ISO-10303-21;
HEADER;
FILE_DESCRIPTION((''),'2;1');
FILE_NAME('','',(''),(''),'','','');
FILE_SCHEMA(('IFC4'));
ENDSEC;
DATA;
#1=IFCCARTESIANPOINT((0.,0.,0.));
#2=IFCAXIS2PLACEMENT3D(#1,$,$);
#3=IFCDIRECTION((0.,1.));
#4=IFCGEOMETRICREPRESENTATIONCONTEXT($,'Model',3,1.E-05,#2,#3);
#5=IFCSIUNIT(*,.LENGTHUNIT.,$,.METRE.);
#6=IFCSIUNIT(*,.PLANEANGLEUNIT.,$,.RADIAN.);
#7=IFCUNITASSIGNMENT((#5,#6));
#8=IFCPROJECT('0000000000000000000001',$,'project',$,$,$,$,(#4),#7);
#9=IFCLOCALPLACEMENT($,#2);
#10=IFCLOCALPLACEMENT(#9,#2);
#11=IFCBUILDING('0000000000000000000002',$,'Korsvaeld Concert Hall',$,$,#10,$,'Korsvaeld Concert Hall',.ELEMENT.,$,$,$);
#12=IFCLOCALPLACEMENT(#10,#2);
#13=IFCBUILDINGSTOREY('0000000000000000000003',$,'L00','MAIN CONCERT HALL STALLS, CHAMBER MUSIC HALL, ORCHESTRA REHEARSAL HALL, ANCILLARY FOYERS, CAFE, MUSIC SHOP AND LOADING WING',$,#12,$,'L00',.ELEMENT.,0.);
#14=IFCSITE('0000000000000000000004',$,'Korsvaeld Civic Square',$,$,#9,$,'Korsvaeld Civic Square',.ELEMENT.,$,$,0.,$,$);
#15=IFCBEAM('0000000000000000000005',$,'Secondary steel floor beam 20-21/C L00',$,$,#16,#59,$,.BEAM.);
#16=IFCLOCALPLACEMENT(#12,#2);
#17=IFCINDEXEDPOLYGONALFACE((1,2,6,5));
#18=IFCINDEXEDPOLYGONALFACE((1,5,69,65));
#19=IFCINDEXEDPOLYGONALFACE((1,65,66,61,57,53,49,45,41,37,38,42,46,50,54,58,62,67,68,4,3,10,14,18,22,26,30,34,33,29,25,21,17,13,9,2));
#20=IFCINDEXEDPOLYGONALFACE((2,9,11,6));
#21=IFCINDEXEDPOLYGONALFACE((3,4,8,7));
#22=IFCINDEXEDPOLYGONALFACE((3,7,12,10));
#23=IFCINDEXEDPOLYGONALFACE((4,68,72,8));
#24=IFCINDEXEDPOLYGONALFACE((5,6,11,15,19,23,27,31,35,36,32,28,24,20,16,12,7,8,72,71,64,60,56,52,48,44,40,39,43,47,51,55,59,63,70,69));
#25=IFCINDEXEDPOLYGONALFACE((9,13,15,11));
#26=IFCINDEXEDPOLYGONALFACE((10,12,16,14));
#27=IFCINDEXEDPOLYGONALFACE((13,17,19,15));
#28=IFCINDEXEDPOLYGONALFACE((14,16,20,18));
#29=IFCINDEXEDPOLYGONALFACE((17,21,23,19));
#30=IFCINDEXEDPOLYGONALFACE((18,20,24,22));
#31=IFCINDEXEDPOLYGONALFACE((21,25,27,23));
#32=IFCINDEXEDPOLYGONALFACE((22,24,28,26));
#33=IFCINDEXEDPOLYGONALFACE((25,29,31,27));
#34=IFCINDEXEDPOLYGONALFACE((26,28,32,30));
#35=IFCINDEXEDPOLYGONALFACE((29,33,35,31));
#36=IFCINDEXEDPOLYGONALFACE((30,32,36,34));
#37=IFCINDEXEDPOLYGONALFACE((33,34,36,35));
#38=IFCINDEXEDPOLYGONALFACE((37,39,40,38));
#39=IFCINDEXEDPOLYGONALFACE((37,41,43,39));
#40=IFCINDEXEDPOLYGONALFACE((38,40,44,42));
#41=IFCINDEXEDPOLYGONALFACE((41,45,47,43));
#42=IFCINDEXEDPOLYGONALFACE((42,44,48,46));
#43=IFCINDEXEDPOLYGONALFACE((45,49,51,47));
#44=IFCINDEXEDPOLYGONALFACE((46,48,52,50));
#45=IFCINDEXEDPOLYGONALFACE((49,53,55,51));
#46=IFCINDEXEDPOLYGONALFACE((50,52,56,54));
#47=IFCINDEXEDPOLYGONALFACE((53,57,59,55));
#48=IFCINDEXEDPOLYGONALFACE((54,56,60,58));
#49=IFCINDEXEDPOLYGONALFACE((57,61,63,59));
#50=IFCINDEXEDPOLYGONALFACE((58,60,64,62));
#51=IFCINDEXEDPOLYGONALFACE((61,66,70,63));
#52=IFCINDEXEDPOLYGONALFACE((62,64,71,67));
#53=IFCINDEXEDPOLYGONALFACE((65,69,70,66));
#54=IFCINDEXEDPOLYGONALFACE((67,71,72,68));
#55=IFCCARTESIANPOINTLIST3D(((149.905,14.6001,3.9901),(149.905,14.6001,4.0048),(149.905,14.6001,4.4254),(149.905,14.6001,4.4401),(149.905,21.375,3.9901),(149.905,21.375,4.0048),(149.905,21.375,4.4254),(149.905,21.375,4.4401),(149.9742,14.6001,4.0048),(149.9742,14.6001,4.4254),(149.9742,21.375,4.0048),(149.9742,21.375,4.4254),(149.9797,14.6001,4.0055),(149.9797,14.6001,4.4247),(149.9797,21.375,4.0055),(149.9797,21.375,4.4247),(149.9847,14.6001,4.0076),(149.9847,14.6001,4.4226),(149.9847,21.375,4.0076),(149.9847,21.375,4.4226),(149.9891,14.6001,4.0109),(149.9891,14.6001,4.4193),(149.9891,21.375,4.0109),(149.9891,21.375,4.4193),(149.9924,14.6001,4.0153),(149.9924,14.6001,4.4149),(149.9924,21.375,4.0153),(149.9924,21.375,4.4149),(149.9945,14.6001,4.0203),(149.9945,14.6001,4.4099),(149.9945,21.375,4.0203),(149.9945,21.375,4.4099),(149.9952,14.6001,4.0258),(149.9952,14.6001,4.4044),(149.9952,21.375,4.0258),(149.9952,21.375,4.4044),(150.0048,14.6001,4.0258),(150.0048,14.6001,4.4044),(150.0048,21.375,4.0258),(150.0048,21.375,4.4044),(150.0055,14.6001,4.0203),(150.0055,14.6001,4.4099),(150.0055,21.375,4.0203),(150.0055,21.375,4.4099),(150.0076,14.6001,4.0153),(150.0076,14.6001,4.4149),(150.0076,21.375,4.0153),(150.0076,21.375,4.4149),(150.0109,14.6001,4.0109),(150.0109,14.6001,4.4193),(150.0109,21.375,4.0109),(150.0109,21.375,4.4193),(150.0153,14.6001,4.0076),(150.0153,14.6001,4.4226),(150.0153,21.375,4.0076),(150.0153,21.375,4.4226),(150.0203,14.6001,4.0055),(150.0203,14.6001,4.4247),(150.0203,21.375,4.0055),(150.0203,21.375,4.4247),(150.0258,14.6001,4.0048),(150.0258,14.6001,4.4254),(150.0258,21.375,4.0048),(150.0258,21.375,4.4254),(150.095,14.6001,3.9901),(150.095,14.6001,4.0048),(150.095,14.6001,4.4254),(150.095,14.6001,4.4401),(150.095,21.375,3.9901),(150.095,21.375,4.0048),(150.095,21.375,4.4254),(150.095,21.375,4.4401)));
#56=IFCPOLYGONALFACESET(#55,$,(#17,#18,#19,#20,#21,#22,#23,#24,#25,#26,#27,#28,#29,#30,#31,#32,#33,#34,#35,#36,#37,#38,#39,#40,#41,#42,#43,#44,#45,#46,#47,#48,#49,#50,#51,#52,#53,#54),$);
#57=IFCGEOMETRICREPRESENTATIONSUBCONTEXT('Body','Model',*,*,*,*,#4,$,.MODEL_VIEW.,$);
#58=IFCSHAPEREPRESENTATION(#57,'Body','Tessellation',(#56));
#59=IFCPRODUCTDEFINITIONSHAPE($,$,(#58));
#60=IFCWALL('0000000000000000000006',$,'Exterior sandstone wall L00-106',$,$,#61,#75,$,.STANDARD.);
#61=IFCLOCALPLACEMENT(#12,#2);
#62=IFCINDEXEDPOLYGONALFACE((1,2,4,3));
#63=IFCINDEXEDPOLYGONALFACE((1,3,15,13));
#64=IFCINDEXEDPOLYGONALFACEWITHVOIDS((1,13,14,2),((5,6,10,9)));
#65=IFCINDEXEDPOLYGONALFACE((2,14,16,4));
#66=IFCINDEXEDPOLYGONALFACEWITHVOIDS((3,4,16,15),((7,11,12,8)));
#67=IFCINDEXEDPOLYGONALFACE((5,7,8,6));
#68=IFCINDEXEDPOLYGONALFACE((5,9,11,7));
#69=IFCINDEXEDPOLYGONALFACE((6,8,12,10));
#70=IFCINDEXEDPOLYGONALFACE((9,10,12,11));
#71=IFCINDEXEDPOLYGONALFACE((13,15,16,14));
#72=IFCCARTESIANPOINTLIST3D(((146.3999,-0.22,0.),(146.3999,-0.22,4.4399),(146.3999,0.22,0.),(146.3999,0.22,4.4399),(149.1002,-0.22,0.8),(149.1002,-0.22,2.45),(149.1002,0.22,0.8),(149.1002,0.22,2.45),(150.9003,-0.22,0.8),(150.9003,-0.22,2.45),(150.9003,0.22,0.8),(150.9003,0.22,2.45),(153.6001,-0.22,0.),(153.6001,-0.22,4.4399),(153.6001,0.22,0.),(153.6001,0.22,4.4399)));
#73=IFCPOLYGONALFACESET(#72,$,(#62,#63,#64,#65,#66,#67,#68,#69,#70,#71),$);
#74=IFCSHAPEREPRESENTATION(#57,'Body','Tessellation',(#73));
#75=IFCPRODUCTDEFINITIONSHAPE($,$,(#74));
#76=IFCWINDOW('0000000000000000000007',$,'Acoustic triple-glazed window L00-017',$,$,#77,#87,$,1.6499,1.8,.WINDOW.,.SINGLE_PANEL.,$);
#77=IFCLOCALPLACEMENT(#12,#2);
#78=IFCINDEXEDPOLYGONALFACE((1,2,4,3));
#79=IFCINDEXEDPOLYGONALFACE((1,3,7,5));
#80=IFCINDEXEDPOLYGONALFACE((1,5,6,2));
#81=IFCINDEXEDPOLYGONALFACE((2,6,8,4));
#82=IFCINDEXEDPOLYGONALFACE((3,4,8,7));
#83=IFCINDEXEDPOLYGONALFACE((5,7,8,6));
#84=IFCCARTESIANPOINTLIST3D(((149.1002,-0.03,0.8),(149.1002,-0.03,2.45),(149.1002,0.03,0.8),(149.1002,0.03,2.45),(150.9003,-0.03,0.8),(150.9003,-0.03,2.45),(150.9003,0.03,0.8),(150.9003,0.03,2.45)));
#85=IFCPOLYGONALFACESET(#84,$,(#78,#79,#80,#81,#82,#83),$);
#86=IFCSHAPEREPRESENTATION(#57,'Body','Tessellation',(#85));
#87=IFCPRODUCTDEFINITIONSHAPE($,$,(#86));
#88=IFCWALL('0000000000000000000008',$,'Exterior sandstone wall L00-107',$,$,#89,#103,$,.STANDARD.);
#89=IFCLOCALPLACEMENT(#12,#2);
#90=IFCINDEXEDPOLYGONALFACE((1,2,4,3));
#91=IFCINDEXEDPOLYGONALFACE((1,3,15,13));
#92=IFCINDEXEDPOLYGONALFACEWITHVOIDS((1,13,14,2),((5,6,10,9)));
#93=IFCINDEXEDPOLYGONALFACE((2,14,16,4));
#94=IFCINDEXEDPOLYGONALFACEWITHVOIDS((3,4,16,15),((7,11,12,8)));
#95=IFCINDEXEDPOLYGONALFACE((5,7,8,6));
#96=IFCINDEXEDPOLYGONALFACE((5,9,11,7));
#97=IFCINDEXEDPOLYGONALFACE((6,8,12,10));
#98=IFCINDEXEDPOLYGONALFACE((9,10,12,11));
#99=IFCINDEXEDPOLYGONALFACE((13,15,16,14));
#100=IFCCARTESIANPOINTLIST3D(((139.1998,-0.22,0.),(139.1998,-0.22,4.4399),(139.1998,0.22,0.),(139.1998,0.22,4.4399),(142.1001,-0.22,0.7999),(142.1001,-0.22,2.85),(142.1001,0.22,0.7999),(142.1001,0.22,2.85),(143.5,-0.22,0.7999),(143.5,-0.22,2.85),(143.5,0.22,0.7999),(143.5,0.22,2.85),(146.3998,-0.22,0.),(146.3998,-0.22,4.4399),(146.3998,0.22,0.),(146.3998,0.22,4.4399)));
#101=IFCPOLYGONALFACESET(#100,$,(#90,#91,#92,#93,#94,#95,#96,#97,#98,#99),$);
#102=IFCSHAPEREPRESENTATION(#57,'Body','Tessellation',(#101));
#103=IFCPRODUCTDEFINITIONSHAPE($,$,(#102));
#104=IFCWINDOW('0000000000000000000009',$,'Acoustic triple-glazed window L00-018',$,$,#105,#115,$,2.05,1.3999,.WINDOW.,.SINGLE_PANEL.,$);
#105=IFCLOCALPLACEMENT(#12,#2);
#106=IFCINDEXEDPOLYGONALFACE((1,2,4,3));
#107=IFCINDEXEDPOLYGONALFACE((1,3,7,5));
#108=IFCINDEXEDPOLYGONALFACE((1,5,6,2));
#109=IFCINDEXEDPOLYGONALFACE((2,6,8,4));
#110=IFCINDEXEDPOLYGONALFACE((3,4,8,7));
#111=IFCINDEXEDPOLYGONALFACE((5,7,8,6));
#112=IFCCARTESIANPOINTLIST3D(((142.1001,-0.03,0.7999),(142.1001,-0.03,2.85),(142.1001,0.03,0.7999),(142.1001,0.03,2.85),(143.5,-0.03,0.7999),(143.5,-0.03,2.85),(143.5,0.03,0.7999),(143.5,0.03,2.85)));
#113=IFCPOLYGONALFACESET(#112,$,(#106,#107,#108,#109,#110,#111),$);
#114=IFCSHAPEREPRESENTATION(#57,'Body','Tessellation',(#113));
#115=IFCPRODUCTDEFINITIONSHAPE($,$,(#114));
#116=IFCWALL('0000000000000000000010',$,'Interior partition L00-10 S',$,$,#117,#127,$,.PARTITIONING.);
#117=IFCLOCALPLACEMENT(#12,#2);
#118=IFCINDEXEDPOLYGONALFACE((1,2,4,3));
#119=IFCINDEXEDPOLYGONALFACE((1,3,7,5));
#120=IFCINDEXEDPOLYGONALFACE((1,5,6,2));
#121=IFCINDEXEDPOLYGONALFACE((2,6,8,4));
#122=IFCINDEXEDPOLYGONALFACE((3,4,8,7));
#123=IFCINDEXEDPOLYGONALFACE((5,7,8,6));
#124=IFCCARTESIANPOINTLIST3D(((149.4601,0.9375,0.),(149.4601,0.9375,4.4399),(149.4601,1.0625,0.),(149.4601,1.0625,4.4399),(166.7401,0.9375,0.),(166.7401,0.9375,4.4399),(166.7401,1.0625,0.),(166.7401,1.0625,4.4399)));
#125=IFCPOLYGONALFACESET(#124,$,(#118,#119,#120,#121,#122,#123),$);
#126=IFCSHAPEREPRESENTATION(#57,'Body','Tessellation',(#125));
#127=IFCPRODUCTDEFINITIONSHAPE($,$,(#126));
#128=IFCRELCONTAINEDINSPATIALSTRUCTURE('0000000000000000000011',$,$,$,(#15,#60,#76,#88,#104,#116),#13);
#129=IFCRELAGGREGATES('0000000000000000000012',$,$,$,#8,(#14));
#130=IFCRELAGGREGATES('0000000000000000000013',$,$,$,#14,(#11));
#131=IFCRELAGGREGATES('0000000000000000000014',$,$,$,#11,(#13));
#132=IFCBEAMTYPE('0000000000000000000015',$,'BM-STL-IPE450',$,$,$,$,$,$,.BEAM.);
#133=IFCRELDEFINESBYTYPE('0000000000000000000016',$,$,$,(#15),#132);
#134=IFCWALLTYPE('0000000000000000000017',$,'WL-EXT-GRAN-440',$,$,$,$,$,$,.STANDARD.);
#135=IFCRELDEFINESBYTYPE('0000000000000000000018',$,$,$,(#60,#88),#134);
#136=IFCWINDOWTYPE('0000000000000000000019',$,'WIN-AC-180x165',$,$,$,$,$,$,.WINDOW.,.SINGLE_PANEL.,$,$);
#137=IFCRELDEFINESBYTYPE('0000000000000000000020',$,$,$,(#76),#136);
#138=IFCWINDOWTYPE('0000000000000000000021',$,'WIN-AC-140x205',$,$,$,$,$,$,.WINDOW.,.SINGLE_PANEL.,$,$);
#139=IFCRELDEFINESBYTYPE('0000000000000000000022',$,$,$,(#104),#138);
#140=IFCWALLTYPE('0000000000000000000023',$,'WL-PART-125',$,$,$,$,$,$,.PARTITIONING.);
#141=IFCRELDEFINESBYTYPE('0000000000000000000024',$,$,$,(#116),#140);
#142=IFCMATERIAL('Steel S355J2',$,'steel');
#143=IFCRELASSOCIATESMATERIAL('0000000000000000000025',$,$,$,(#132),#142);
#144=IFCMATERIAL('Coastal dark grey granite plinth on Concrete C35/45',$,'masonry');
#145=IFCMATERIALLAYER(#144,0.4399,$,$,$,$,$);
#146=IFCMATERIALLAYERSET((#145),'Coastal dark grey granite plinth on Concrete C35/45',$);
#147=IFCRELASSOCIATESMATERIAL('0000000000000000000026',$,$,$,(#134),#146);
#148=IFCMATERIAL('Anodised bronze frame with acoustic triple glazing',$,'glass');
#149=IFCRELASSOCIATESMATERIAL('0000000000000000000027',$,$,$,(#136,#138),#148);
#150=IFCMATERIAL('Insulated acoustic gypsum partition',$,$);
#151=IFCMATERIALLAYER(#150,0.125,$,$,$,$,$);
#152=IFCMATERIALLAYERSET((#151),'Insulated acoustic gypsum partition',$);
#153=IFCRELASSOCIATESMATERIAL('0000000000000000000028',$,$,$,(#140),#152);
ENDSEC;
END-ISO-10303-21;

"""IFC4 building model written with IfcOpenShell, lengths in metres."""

from ifc_helpers import new_model, si_unit, direction, frame, frame_2d, origin, origin_2d, place, context, subcontext, project, spatial, rectangle, i_section, extrude, material, layer, layer_set, material_profile, profile_set, type_object, element, fill, save


model = new_model("IFC4")

# Units and contexts
model_context = context("Model", 3, precision=1e-05, world=origin(), true_north=direction((0.0, 1.0)))
body_context = subcontext(model_context, "Body", "Model", "MODEL_VIEW")
ifc_project = project(units=[si_unit("LENGTHUNIT", "METRE"), si_unit("PLANEANGLEUNIT", "RADIAN")], contexts=[model_context])

# Site, building, storey
site_placement = place(None, origin())
site = spatial("IfcSite", under=ifc_project, at=site_placement, Name="Korsvaeld Civic Square", LongName="Korsvaeld Civic Square", CompositionType="ELEMENT", RefElevation=0.0)
building_placement = place(site_placement, origin())
building = spatial("IfcBuilding", under=site, at=building_placement, Name="Korsvaeld Concert Hall", LongName="Korsvaeld Concert Hall", CompositionType="ELEMENT")
storey_placement = place(building_placement, origin())
storey = spatial("IfcBuildingStorey", under=building, at=storey_placement, Name="L00", Description="MAIN CONCERT HALL STALLS, CHAMBER MUSIC HALL, ORCHESTRA REHEARSAL HALL, ANCILLARY FOYERS, CAFE, MUSIC SHOP AND LOADING WING", LongName="L00", CompositionType="ELEMENT", Elevation=0.0)

# Beam
ifc_material_1 = material(Name="Steel S355J2", Category="steel")
ifc_material_profile_1 = material_profile(ifc_material_1, i_section(OverallWidth=0.1899, OverallDepth=0.45, WebThickness=0.0095, FlangeThickness=0.0146, FilletRadius=0.021, at=origin_2d()), Name="IPE 450")
ifc_profile_set_1 = profile_set([ifc_material_profile_1], Name="Steel S355J2")
beam_type_1 = type_object("IfcBeamType", Name="BM-STL-IPE450", PredefinedType="BEAM", material=ifc_profile_set_1)
beam_1_placement = place(storey_placement, frame((150.0, 14.6001, 4.2151), z_axis=(0.0, 1.0, 0.0), x_axis=(-1.0, 0.0, 0.0)))
element("IfcBeam", 1, at=beam_1_placement, inside=storey, type_object=beam_type_1, Name="Secondary steel floor beam 20-21/C L00", PredefinedType="BEAM", context=body_context, shape_type="SweptSolid", body=[
    extrude(i_section(OverallWidth=0.1899, OverallDepth=0.45, WebThickness=0.0095, FlangeThickness=0.0146, FilletRadius=0.021, at=origin_2d()), origin(), (0.0, 0.0, 1.0), 6.7749),
])

# Walls, openings, windows
ifc_material_2 = material(Name="Coastal dark grey granite plinth on Concrete C35/45", Category="masonry")
ifc_layer_1 = layer(ifc_material_2, 0.4399)
ifc_layer_set_1 = layer_set([ifc_layer_1], Name="Coastal dark grey granite plinth on Concrete C35/45")
wall_type_1 = type_object("IfcWallType", Name="WL-EXT-GRAN-440", PredefinedType="STANDARD", material=ifc_layer_set_1)
wall_1_placement = place(storey_placement, frame((153.6001, 0.0, 0.0), z_axis=(0.0, 0.0, 1.0), x_axis=(-1.0, 0.0, 0.0)))
wall_1 = element("IfcWall", 2, at=wall_1_placement, inside=storey, type_object=wall_type_1, Name="Exterior sandstone wall L00-106", PredefinedType="STANDARD", context=body_context, shape_type="SweptSolid", body=[
    extrude(rectangle(XDim=7.2002, YDim=0.4399, at=frame_2d((3.6001, 0.0))), origin(), (0.0, 0.0, 1.0), 4.4399),
])
opening_1_placement = place(wall_1_placement, frame((2.7, 0.0, 0.8)))
opening_1 = element("IfcOpeningElement", 3, at=opening_1_placement, cuts=wall_1, PredefinedType="OPENING", context=body_context, shape_type="SweptSolid", body=[
    extrude(rectangle(XDim=1.8, YDim=1.6499, at=frame_2d((0.8999, 0.825))), frame((0.0, 0.23, 0.0), z_axis=(0.0, -1.0, 0.0), x_axis=(1.0, 0.0, 0.0)), (0.0, 0.0, 1.0), 0.46),
])
ifc_material_3 = material(Name="Anodised bronze frame with acoustic triple glazing", Category="glass")
window_type_1 = type_object("IfcWindowType", Name="WIN-AC-180x165", PartitioningType="SINGLE_PANEL", PredefinedType="WINDOW", material=ifc_material_3)
window_1_placement = place(opening_1_placement, origin())
window_1 = element("IfcWindow", 4, at=window_1_placement, inside=storey, type_object=window_type_1, Name="Acoustic triple-glazed window L00-017", OverallHeight=1.6499, OverallWidth=1.8, PartitioningType="SINGLE_PANEL", PredefinedType="WINDOW", context=body_context, shape_type="SweptSolid", body=[
    extrude(rectangle(XDim=1.8, YDim=1.6499, at=frame_2d((0.8999, 0.825))), frame((0.0, 0.03, 0.0), z_axis=(0.0, -1.0, 0.0), x_axis=(1.0, 0.0, 0.0)), (0.0, 0.0, 1.0), 0.0601),
])
fill(opening_1, window_1)
wall_2_placement = place(storey_placement, frame((146.3999, 0.0, 0.0), z_axis=(0.0, 0.0, 1.0), x_axis=(-1.0, 0.0, 0.0)))
wall_2 = element("IfcWall", 5, at=wall_2_placement, inside=storey, type_object=wall_type_1, Name="Exterior sandstone wall L00-107", PredefinedType="STANDARD", context=body_context, shape_type="SweptSolid", body=[
    extrude(rectangle(XDim=7.2, YDim=0.4399, at=frame_2d((3.6001, 0.0))), origin(), (0.0, 0.0, 1.0), 4.4399),
])
opening_2_placement = place(wall_2_placement, frame((2.8999, 0.0, 0.8)))
opening_2 = element("IfcOpeningElement", 6, at=opening_2_placement, cuts=wall_2, PredefinedType="OPENING", context=body_context, shape_type="SweptSolid", body=[
    extrude(rectangle(XDim=1.3999, YDim=2.05, at=frame_2d((0.7, 1.0249))), frame((0.0, 0.23, 0.0), z_axis=(0.0, -1.0, 0.0), x_axis=(1.0, 0.0, 0.0)), (0.0, 0.0, 1.0), 0.46),
])
window_type_2 = type_object("IfcWindowType", Name="WIN-AC-140x205", PartitioningType="SINGLE_PANEL", PredefinedType="WINDOW", material=ifc_material_3)
window_2_placement = place(opening_2_placement, origin())
window_2 = element("IfcWindow", 7, at=window_2_placement, inside=storey, type_object=window_type_2, Name="Acoustic triple-glazed window L00-018", OverallHeight=2.05, OverallWidth=1.3999, PartitioningType="SINGLE_PANEL", PredefinedType="WINDOW", context=body_context, shape_type="SweptSolid", body=[
    extrude(rectangle(XDim=1.3999, YDim=2.05, at=frame_2d((0.7, 1.0249))), frame((0.0, 0.03, 0.0), z_axis=(0.0, -1.0, 0.0), x_axis=(1.0, 0.0, 0.0)), (0.0, 0.0, 1.0), 0.0601),
])
fill(opening_2, window_2)

# Wall
ifc_material_4 = material(Name="Insulated acoustic gypsum partition")
ifc_layer_2 = layer(ifc_material_4, 0.125)
ifc_layer_set_2 = layer_set([ifc_layer_2], Name="Insulated acoustic gypsum partition")
wall_type_2 = type_object("IfcWallType", Name="WL-PART-125", PredefinedType="PARTITIONING", material=ifc_layer_set_2)
wall_3_placement = place(storey_placement, frame((149.46, 1.0, 0.0), z_axis=(0.0, 0.0, 1.0), x_axis=(1.0, 0.0, 0.0)))
element("IfcWall", 8, at=wall_3_placement, inside=storey, type_object=wall_type_2, Name="Interior partition L00-10 S", PredefinedType="PARTITIONING", context=body_context, shape_type="SweptSolid", body=[
    extrude(rectangle(XDim=17.28, YDim=0.125, at=frame_2d((8.6401, 0.0))), origin(), (0.0, 0.0, 1.0), 4.4399),
])

save(model, "model.ifc")
